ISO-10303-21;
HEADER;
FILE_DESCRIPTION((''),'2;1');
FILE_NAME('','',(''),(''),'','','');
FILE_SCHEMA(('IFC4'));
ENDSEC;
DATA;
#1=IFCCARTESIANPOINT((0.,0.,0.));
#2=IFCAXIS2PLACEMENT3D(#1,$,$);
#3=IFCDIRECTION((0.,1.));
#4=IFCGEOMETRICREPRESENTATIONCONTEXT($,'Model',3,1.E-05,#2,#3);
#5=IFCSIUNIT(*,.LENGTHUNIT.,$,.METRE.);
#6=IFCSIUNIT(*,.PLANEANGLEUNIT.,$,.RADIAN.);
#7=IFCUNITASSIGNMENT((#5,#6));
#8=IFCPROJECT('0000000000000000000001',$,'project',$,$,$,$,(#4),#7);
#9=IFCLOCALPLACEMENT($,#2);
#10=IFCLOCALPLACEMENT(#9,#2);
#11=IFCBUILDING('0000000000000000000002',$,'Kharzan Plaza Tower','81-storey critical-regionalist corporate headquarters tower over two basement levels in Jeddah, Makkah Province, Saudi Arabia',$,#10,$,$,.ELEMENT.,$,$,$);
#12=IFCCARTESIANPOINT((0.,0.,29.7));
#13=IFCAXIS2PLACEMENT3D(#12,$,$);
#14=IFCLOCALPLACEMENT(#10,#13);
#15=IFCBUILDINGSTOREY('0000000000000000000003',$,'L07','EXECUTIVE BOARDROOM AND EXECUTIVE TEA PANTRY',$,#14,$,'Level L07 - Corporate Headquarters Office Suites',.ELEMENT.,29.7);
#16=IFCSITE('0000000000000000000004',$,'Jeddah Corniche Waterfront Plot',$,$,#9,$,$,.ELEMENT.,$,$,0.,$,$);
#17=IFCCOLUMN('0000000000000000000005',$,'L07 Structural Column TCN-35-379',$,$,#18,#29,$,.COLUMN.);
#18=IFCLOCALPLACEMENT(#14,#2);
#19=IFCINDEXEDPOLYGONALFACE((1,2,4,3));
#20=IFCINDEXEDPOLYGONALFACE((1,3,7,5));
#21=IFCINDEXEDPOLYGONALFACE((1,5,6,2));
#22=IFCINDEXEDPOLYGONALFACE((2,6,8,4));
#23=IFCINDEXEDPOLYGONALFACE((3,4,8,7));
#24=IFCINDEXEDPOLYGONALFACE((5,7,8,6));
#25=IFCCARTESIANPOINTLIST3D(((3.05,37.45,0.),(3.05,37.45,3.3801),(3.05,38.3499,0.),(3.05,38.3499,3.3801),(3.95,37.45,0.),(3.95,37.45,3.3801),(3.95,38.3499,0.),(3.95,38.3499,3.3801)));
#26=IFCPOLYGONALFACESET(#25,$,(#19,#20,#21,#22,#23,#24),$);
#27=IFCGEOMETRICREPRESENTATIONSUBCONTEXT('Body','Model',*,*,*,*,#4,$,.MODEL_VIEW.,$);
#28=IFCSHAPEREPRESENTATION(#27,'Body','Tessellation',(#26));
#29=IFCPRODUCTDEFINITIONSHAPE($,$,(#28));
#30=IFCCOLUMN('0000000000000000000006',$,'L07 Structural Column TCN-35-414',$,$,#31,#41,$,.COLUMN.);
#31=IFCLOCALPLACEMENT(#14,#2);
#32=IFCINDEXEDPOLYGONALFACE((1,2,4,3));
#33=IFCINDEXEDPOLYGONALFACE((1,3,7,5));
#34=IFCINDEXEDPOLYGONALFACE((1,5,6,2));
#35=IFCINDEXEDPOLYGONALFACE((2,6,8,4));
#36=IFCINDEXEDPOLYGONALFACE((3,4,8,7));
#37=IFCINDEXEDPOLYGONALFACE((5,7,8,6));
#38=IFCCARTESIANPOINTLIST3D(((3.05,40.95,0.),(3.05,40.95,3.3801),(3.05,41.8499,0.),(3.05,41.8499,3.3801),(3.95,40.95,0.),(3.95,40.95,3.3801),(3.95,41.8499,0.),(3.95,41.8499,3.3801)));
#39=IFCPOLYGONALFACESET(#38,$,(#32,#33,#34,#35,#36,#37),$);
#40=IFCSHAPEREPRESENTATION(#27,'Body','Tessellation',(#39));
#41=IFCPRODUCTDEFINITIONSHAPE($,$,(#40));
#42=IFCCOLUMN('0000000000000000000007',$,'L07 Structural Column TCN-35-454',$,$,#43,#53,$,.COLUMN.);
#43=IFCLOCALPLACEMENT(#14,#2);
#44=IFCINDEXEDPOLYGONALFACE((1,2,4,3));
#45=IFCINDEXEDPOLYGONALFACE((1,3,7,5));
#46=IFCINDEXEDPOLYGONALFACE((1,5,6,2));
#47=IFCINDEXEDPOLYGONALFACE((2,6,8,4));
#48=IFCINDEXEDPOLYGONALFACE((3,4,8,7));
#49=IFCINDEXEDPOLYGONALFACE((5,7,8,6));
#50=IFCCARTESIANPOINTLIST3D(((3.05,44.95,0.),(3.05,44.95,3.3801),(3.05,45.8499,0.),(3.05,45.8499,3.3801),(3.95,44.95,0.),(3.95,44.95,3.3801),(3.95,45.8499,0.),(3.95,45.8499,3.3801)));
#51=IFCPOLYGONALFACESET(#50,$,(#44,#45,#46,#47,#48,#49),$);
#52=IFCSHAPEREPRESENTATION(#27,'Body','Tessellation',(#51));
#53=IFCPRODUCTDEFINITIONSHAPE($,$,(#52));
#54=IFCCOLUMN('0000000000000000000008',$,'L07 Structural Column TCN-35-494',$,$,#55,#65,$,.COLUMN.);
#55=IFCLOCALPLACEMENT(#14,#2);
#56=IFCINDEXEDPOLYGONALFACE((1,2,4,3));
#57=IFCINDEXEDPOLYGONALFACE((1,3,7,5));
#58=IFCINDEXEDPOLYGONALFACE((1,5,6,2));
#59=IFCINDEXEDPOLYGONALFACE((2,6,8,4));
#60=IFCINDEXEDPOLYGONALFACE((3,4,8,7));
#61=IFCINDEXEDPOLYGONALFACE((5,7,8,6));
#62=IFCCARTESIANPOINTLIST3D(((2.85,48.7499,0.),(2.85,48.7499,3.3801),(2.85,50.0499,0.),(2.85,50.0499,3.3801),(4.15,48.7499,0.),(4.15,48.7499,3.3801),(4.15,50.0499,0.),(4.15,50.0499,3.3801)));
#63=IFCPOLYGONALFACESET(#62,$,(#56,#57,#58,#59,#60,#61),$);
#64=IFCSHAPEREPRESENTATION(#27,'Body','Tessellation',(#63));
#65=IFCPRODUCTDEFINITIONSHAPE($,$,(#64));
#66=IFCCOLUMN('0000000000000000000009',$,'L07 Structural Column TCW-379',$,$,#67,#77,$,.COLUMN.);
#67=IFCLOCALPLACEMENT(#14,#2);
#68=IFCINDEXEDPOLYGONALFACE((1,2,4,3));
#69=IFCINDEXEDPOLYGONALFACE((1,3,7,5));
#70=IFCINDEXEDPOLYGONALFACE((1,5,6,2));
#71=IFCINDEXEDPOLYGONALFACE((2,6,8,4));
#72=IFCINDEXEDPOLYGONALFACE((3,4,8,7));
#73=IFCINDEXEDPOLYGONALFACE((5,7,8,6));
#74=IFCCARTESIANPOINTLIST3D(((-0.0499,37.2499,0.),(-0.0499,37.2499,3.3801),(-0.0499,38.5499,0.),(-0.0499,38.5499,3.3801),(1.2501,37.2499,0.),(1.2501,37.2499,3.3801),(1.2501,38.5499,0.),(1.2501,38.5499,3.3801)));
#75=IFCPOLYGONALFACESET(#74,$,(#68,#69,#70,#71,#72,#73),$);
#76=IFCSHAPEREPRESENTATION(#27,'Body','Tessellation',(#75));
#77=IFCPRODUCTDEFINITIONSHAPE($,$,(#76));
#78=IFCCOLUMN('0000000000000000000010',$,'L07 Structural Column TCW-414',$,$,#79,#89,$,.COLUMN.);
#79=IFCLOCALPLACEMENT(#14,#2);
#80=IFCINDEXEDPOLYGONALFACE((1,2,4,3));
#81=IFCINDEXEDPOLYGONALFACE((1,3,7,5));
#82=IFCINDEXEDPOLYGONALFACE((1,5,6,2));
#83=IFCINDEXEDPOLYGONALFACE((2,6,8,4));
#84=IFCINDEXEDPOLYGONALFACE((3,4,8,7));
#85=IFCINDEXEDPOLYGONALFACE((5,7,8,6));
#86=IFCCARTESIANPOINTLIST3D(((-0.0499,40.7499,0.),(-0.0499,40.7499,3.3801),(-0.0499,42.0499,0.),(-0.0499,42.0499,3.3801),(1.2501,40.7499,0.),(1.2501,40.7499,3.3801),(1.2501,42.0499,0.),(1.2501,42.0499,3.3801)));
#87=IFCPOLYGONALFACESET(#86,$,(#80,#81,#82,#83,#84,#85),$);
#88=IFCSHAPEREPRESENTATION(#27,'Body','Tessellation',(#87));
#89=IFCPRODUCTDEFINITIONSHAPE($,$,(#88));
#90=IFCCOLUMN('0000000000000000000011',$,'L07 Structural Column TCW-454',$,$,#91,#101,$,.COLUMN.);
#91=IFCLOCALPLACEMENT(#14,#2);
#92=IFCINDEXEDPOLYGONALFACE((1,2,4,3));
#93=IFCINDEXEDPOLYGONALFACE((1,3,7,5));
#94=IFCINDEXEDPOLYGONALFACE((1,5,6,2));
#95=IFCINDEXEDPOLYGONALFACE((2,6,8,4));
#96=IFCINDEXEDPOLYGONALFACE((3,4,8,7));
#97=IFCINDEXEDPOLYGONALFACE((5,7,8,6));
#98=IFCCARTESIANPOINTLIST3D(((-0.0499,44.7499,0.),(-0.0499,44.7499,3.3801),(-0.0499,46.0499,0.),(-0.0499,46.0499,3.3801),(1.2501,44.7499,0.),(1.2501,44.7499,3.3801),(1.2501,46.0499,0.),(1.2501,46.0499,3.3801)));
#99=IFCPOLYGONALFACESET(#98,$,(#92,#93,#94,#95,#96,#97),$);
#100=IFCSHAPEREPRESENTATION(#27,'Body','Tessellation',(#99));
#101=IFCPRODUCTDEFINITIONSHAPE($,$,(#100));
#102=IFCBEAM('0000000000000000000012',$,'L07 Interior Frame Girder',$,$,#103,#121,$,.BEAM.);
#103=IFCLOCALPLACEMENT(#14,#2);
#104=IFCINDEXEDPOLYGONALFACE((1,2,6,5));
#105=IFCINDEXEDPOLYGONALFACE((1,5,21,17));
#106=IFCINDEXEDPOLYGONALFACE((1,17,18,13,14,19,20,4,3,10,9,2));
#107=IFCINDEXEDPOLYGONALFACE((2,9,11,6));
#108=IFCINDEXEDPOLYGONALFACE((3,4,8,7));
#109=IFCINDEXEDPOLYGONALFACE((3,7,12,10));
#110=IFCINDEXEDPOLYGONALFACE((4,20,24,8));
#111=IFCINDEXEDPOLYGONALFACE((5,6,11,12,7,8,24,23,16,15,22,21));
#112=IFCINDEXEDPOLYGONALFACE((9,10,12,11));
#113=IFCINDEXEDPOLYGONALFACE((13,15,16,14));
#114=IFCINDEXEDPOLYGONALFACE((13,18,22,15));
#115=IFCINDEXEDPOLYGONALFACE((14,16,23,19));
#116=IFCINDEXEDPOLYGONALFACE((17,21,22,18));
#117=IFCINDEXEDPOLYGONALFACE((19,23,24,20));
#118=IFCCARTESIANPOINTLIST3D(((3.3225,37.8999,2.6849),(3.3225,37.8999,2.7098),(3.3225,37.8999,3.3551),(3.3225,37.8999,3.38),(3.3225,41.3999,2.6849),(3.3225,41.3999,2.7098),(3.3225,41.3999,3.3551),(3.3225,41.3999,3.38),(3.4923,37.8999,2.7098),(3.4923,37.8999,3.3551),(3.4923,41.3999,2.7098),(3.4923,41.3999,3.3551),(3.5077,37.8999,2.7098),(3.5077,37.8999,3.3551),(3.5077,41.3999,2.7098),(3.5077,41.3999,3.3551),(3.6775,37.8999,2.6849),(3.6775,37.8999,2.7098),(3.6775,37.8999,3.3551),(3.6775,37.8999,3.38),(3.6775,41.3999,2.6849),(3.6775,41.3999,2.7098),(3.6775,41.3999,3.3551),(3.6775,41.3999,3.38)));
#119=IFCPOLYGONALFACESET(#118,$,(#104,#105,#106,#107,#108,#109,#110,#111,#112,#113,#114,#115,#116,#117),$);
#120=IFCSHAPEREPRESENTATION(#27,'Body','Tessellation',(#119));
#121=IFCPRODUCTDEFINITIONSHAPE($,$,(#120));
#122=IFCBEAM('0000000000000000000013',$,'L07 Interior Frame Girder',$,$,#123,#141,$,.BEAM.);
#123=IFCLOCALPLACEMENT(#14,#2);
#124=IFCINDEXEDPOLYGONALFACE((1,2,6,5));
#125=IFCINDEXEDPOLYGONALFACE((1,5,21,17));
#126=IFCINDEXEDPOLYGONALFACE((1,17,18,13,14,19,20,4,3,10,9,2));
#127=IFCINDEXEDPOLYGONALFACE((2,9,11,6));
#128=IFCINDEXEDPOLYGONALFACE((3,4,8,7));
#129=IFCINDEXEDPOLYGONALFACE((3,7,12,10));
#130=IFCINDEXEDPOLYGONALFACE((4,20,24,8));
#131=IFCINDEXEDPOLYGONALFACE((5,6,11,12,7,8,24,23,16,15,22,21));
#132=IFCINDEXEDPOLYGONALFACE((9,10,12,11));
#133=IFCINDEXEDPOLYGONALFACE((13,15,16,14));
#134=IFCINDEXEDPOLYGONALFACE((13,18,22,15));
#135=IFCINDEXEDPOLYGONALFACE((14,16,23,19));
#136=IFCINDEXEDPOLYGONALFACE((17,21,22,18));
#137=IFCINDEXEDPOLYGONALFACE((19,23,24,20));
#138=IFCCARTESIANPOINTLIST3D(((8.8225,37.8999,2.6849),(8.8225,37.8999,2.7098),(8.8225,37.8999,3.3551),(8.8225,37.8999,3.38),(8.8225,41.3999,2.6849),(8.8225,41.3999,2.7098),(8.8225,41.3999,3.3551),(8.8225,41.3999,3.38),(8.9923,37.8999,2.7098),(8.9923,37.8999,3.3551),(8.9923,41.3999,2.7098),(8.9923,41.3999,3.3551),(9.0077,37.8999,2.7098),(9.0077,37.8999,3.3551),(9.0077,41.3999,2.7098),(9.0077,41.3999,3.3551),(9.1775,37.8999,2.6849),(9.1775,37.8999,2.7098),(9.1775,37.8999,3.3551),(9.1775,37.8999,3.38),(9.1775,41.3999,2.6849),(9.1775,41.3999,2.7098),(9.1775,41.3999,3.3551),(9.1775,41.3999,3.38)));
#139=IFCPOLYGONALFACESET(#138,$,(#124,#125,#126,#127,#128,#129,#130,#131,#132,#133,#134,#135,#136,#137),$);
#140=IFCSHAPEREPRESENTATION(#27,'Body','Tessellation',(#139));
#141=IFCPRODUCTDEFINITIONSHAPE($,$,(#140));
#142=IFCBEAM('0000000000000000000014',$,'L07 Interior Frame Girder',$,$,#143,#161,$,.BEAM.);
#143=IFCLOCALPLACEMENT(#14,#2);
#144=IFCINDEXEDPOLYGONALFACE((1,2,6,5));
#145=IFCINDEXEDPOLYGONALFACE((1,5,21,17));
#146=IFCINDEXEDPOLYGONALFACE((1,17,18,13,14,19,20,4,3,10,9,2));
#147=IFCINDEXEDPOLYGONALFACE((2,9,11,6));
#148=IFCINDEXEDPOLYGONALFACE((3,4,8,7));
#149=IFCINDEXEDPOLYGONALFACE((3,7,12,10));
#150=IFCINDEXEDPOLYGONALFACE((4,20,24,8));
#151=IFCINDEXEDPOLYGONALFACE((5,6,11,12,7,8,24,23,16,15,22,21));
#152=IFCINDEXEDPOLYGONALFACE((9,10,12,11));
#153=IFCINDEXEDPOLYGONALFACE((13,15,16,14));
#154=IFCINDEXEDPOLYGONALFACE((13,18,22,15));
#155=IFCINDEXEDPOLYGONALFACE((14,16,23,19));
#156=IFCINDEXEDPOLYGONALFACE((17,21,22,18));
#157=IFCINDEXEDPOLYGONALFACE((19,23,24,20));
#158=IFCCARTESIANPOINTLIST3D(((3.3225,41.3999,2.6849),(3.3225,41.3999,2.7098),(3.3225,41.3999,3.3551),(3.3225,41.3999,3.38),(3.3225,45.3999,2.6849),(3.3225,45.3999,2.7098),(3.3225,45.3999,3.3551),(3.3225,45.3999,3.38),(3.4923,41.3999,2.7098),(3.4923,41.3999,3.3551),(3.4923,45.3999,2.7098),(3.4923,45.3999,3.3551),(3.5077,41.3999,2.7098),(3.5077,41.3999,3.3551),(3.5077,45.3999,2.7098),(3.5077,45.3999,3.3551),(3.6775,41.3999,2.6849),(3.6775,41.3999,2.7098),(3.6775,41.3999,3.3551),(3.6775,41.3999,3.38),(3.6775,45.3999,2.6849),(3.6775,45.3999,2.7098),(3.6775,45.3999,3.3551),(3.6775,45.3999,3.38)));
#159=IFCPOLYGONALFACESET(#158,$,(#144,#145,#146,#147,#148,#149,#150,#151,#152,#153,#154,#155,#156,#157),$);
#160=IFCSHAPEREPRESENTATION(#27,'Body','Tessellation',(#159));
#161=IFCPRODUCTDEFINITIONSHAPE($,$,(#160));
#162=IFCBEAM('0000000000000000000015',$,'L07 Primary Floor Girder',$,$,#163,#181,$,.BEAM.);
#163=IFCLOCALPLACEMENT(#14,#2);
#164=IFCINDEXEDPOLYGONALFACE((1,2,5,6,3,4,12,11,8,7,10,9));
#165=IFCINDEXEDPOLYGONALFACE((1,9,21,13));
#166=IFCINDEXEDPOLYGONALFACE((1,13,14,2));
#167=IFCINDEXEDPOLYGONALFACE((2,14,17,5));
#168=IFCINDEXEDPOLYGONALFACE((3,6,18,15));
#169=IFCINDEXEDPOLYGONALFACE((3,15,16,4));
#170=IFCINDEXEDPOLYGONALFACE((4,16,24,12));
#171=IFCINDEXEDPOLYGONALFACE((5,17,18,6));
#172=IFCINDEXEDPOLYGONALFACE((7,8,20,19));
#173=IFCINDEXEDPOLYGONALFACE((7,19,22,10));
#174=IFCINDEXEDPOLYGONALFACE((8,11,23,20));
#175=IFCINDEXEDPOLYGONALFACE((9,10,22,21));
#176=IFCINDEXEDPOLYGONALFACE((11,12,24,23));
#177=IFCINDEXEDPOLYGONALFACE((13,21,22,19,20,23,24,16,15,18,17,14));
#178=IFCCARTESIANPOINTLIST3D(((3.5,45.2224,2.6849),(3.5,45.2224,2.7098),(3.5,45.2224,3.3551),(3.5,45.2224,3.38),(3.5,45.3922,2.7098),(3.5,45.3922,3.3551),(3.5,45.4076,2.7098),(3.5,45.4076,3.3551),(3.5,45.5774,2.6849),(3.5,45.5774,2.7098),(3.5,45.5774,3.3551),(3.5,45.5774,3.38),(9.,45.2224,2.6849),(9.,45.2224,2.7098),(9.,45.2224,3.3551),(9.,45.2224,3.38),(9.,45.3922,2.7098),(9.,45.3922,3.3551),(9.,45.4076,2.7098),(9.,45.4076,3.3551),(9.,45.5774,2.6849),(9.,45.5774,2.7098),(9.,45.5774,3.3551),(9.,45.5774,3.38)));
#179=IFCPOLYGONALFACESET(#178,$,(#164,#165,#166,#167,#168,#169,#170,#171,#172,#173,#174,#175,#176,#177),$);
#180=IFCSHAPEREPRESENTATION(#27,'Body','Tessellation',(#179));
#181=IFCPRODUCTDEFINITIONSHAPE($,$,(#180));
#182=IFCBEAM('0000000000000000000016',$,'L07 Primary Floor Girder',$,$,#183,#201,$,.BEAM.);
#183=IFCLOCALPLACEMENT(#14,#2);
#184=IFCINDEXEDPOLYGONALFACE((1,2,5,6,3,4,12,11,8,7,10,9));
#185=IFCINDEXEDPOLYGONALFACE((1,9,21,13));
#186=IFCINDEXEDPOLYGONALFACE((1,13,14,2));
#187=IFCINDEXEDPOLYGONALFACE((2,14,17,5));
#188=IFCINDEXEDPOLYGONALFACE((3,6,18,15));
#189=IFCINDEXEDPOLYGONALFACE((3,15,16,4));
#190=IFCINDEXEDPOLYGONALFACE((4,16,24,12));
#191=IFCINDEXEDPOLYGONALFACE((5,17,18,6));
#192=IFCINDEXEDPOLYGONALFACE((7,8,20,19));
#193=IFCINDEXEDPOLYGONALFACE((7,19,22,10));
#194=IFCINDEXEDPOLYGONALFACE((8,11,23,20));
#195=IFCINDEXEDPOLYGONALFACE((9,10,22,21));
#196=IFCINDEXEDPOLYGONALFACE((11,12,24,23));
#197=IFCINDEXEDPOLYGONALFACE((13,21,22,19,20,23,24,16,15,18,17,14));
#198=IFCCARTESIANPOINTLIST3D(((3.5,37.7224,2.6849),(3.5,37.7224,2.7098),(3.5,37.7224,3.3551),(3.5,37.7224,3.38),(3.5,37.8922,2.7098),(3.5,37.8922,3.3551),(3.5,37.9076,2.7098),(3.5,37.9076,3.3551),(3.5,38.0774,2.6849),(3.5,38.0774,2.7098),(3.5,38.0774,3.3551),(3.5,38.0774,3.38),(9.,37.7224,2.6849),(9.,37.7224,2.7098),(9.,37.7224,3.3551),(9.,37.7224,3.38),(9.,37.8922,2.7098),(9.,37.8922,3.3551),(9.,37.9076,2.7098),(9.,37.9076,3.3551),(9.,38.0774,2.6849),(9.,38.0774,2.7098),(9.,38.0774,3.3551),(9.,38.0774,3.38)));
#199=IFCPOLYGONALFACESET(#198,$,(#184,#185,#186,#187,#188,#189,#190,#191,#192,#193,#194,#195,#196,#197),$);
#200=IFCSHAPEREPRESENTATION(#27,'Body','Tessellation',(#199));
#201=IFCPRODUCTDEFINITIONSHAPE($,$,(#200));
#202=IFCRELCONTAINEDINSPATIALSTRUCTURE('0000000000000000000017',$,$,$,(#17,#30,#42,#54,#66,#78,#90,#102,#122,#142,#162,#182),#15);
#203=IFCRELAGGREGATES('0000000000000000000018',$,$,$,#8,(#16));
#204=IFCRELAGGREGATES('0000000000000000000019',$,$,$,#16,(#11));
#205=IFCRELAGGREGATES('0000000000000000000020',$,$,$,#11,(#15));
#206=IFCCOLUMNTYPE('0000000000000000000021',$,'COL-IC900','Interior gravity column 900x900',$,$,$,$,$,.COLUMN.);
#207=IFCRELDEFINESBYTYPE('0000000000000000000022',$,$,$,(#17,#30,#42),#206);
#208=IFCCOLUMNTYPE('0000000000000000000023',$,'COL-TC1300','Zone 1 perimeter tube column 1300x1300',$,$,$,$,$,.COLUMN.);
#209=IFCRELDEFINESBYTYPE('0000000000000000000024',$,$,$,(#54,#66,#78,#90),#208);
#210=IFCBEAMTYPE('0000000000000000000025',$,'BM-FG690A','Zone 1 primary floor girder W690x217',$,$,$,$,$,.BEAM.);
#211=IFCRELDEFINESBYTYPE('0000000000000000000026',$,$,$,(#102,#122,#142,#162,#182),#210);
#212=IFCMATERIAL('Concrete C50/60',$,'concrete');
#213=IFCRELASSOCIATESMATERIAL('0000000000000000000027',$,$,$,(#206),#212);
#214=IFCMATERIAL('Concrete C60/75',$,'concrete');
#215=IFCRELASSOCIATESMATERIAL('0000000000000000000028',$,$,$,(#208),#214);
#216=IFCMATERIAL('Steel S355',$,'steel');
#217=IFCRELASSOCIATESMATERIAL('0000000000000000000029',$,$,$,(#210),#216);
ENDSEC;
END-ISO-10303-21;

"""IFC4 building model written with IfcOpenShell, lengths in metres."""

from ifc_helpers import new_model, si_unit, direction, frame, origin, origin_2d, place, context, subcontext, project, spatial, rectangle, i_section, extrude, source, transform, mapped, material, material_profile, profile_set, type_object, element, save


model = new_model("IFC4")

# Units and contexts
model_context = context("Model", 3, precision=1e-05, world=origin(), true_north=direction((0.0, 1.0)))
body_context = subcontext(model_context, "Body", "Model", "MODEL_VIEW")
ifc_project = project(units=[si_unit("LENGTHUNIT", "METRE"), si_unit("PLANEANGLEUNIT", "RADIAN")], contexts=[model_context])

# Site, building, storey
site_placement = place(None, origin())
site = spatial("IfcSite", under=ifc_project, at=site_placement, Name="Jeddah Corniche Waterfront Plot", CompositionType="ELEMENT", RefElevation=0.0)
building_placement = place(site_placement, origin())
building = spatial("IfcBuilding", under=site, at=building_placement, Name="Kharzan Plaza Tower", Description="81-storey critical-regionalist corporate headquarters tower over two basement levels in Jeddah, Makkah Province, Saudi Arabia", CompositionType="ELEMENT")
storey_placement = place(building_placement, frame((0.0, 0.0, 29.7)))
storey = spatial("IfcBuildingStorey", under=building, at=storey_placement, Name="L07", Description="EXECUTIVE BOARDROOM AND EXECUTIVE TEA PANTRY", LongName="Level L07 - Corporate Headquarters Office Suites", CompositionType="ELEMENT", Elevation=29.7)

# Columns
ifc_material_1 = material(Name="Concrete C50/60", Category="concrete")
ifc_material_profile_1 = material_profile(ifc_material_1, rectangle(XDim=0.8999, YDim=0.8999, at=origin_2d()), Name="RC-IC900x900")
ifc_profile_set_1 = profile_set([ifc_material_profile_1], Name="Concrete C50/60")
column_type_1 = type_object("IfcColumnType", Name="COL-IC900", Description="Interior gravity column 900x900", PredefinedType="COLUMN", material=ifc_profile_set_1)
shared_shape_1 = source(origin(), body_context, "Body", "SweptSolid", [
    extrude(rectangle(XDim=0.8999, YDim=0.8999, at=origin_2d()), origin(), (0.0, 0.0, 1.0), 3.3801),
])
for number, where, z_axis, x_axis, name in (
    (1, (3.5, 37.8999, 0.0), (0.0, 0.0, 1.0), (1.0, 0.0, 0.0), "L07 Structural Column TCN-35-379"),
    (2, (3.5, 41.3999, 0.0), (0.0, 0.0, 1.0), (1.0, 0.0, 0.0), "L07 Structural Column TCN-35-414"),
    (3, (3.5, 45.3999, 0.0), (0.0, 0.0, 1.0), (1.0, 0.0, 0.0), "L07 Structural Column TCN-35-454"),
):
    element("IfcColumn", number, at=place(storey_placement, frame(where, z_axis=z_axis, x_axis=x_axis)), inside=storey, type_object=column_type_1, Name=name, PredefinedType="COLUMN", context=body_context, shape_type="MappedRepresentation", body=[
        mapped(shared_shape_1, transform((0.0, 0.0, 0.0), x_axis=(1.0, 0.0, 0.0), y_axis=(0.0, 1.0, 0.0), z_axis=(0.0, 0.0, 1.0))),
    ])
ifc_material_2 = material(Name="Concrete C60/75", Category="concrete")
ifc_material_profile_2 = material_profile(ifc_material_2, rectangle(XDim=1.3, YDim=1.3, at=origin_2d()), Name="RC-TC1300x1300")
ifc_profile_set_2 = profile_set([ifc_material_profile_2], Name="Concrete C60/75")
column_type_2 = type_object("IfcColumnType", Name="COL-TC1300", Description="Zone 1 perimeter tube column 1300x1300", PredefinedType="COLUMN", material=ifc_profile_set_2)
shared_shape_2 = source(origin(), body_context, "Body", "SweptSolid", [
    extrude(rectangle(XDim=1.3, YDim=1.3, at=origin_2d()), origin(), (0.0, 0.0, 1.0), 3.3801),
])
for number, where, z_axis, x_axis, name in (
    (4, (3.5, 49.3999, 0.0), (0.0, 0.0, 1.0), (1.0, 0.0, 0.0), "L07 Structural Column TCN-35-494"),
    (5, (0.6001, 37.8999, 0.0), (0.0, 0.0, 1.0), (1.0, 0.0, 0.0), "L07 Structural Column TCW-379"),
    (6, (0.6001, 41.3999, 0.0), (0.0, 0.0, 1.0), (1.0, 0.0, 0.0), "L07 Structural Column TCW-414"),
    (7, (0.6001, 45.3999, 0.0), (0.0, 0.0, 1.0), (1.0, 0.0, 0.0), "L07 Structural Column TCW-454"),
):
    element("IfcColumn", number, at=place(storey_placement, frame(where, z_axis=z_axis, x_axis=x_axis)), inside=storey, type_object=column_type_2, Name=name, PredefinedType="COLUMN", context=body_context, shape_type="MappedRepresentation", body=[
        mapped(shared_shape_2, transform((0.0, 0.0, 0.0), x_axis=(1.0, 0.0, 0.0), y_axis=(0.0, 1.0, 0.0), z_axis=(0.0, 0.0, 1.0))),
    ])

# Beams
ifc_material_3 = material(Name="Steel S355", Category="steel")
ifc_material_profile_3 = material_profile(ifc_material_3, i_section(OverallWidth=0.355, OverallDepth=0.6951, WebThickness=0.0154, FlangeThickness=0.0249, at=origin_2d()), Name="W690x217")
ifc_profile_set_3 = profile_set([ifc_material_profile_3], Name="Steel S355")
beam_type_1 = type_object("IfcBeamType", Name="BM-FG690A", Description="Zone 1 primary floor girder W690x217", PredefinedType="BEAM", material=ifc_profile_set_3)
shared_shape_3 = source(origin(), body_context, "Body", "SweptSolid", [
    extrude(i_section(OverallWidth=0.355, OverallDepth=0.6951, WebThickness=0.0154, FlangeThickness=0.0249, at=origin_2d()), origin(), (0.0, 0.0, 1.0), 3.5),
])
for number, where, z_axis, x_axis, name in (
    (8, (3.5, 37.8999, 3.0325), (0.0, 1.0, 0.0), (-1.0, 0.0, 0.0), "L07 Interior Frame Girder"),
    (9, (9.0, 37.8999, 3.0325), (0.0, 1.0, 0.0), (-1.0, 0.0, 0.0), "L07 Interior Frame Girder"),
):
    element("IfcBeam", number, at=place(storey_placement, frame(where, z_axis=z_axis, x_axis=x_axis)), inside=storey, type_object=beam_type_1, Name=name, PredefinedType="BEAM", context=body_context, shape_type="MappedRepresentation", body=[
        mapped(shared_shape_3, transform((0.0, 0.0, 0.0), x_axis=(1.0, 0.0, 0.0), y_axis=(0.0, 1.0, 0.0), z_axis=(0.0, 0.0, 1.0))),
    ])
shared_shape_4 = source(origin(), body_context, "Body", "SweptSolid", [
    extrude(i_section(OverallWidth=0.355, OverallDepth=0.6951, WebThickness=0.0154, FlangeThickness=0.0249, at=origin_2d()), origin(), (0.0, 0.0, 1.0), 4.0),
])
beam_1_placement = place(storey_placement, frame((3.5, 41.3999, 3.0325), z_axis=(0.0, 1.0, 0.0), x_axis=(-1.0, 0.0, 0.0)))
element("IfcBeam", 10, at=beam_1_placement, inside=storey, type_object=beam_type_1, Name="L07 Interior Frame Girder", PredefinedType="BEAM", context=body_context, shape_type="MappedRepresentation", body=[
    mapped(shared_shape_4, transform((0.0, 0.0, 0.0), x_axis=(1.0, 0.0, 0.0), y_axis=(0.0, 1.0, 0.0), z_axis=(0.0, 0.0, 1.0))),
])
shared_shape_5 = source(origin(), body_context, "Body", "SweptSolid", [
    extrude(i_section(OverallWidth=0.355, OverallDepth=0.6951, WebThickness=0.0154, FlangeThickness=0.0249, at=origin_2d()), origin(), (0.0, 0.0, 1.0), 5.5),
])
for number, where, z_axis, x_axis, name in (
    (11, (3.5, 45.3999, 3.0325), (1.0, 0.0, 0.0), (0.0, 1.0, 0.0), "L07 Primary Floor Girder"),
    (12, (3.5, 37.8999, 3.0325), (1.0, 0.0, 0.0), (0.0, 1.0, 0.0), "L07 Primary Floor Girder"),
):
    element("IfcBeam", number, at=place(storey_placement, frame(where, z_axis=z_axis, x_axis=x_axis)), inside=storey, type_object=beam_type_1, Name=name, PredefinedType="BEAM", context=body_context, shape_type="MappedRepresentation", body=[
        mapped(shared_shape_5, transform((0.0, 0.0, 0.0), x_axis=(1.0, 0.0, 0.0), y_axis=(0.0, 1.0, 0.0), z_axis=(0.0, 0.0, 1.0))),
    ])

save(model, "model.ifc")
